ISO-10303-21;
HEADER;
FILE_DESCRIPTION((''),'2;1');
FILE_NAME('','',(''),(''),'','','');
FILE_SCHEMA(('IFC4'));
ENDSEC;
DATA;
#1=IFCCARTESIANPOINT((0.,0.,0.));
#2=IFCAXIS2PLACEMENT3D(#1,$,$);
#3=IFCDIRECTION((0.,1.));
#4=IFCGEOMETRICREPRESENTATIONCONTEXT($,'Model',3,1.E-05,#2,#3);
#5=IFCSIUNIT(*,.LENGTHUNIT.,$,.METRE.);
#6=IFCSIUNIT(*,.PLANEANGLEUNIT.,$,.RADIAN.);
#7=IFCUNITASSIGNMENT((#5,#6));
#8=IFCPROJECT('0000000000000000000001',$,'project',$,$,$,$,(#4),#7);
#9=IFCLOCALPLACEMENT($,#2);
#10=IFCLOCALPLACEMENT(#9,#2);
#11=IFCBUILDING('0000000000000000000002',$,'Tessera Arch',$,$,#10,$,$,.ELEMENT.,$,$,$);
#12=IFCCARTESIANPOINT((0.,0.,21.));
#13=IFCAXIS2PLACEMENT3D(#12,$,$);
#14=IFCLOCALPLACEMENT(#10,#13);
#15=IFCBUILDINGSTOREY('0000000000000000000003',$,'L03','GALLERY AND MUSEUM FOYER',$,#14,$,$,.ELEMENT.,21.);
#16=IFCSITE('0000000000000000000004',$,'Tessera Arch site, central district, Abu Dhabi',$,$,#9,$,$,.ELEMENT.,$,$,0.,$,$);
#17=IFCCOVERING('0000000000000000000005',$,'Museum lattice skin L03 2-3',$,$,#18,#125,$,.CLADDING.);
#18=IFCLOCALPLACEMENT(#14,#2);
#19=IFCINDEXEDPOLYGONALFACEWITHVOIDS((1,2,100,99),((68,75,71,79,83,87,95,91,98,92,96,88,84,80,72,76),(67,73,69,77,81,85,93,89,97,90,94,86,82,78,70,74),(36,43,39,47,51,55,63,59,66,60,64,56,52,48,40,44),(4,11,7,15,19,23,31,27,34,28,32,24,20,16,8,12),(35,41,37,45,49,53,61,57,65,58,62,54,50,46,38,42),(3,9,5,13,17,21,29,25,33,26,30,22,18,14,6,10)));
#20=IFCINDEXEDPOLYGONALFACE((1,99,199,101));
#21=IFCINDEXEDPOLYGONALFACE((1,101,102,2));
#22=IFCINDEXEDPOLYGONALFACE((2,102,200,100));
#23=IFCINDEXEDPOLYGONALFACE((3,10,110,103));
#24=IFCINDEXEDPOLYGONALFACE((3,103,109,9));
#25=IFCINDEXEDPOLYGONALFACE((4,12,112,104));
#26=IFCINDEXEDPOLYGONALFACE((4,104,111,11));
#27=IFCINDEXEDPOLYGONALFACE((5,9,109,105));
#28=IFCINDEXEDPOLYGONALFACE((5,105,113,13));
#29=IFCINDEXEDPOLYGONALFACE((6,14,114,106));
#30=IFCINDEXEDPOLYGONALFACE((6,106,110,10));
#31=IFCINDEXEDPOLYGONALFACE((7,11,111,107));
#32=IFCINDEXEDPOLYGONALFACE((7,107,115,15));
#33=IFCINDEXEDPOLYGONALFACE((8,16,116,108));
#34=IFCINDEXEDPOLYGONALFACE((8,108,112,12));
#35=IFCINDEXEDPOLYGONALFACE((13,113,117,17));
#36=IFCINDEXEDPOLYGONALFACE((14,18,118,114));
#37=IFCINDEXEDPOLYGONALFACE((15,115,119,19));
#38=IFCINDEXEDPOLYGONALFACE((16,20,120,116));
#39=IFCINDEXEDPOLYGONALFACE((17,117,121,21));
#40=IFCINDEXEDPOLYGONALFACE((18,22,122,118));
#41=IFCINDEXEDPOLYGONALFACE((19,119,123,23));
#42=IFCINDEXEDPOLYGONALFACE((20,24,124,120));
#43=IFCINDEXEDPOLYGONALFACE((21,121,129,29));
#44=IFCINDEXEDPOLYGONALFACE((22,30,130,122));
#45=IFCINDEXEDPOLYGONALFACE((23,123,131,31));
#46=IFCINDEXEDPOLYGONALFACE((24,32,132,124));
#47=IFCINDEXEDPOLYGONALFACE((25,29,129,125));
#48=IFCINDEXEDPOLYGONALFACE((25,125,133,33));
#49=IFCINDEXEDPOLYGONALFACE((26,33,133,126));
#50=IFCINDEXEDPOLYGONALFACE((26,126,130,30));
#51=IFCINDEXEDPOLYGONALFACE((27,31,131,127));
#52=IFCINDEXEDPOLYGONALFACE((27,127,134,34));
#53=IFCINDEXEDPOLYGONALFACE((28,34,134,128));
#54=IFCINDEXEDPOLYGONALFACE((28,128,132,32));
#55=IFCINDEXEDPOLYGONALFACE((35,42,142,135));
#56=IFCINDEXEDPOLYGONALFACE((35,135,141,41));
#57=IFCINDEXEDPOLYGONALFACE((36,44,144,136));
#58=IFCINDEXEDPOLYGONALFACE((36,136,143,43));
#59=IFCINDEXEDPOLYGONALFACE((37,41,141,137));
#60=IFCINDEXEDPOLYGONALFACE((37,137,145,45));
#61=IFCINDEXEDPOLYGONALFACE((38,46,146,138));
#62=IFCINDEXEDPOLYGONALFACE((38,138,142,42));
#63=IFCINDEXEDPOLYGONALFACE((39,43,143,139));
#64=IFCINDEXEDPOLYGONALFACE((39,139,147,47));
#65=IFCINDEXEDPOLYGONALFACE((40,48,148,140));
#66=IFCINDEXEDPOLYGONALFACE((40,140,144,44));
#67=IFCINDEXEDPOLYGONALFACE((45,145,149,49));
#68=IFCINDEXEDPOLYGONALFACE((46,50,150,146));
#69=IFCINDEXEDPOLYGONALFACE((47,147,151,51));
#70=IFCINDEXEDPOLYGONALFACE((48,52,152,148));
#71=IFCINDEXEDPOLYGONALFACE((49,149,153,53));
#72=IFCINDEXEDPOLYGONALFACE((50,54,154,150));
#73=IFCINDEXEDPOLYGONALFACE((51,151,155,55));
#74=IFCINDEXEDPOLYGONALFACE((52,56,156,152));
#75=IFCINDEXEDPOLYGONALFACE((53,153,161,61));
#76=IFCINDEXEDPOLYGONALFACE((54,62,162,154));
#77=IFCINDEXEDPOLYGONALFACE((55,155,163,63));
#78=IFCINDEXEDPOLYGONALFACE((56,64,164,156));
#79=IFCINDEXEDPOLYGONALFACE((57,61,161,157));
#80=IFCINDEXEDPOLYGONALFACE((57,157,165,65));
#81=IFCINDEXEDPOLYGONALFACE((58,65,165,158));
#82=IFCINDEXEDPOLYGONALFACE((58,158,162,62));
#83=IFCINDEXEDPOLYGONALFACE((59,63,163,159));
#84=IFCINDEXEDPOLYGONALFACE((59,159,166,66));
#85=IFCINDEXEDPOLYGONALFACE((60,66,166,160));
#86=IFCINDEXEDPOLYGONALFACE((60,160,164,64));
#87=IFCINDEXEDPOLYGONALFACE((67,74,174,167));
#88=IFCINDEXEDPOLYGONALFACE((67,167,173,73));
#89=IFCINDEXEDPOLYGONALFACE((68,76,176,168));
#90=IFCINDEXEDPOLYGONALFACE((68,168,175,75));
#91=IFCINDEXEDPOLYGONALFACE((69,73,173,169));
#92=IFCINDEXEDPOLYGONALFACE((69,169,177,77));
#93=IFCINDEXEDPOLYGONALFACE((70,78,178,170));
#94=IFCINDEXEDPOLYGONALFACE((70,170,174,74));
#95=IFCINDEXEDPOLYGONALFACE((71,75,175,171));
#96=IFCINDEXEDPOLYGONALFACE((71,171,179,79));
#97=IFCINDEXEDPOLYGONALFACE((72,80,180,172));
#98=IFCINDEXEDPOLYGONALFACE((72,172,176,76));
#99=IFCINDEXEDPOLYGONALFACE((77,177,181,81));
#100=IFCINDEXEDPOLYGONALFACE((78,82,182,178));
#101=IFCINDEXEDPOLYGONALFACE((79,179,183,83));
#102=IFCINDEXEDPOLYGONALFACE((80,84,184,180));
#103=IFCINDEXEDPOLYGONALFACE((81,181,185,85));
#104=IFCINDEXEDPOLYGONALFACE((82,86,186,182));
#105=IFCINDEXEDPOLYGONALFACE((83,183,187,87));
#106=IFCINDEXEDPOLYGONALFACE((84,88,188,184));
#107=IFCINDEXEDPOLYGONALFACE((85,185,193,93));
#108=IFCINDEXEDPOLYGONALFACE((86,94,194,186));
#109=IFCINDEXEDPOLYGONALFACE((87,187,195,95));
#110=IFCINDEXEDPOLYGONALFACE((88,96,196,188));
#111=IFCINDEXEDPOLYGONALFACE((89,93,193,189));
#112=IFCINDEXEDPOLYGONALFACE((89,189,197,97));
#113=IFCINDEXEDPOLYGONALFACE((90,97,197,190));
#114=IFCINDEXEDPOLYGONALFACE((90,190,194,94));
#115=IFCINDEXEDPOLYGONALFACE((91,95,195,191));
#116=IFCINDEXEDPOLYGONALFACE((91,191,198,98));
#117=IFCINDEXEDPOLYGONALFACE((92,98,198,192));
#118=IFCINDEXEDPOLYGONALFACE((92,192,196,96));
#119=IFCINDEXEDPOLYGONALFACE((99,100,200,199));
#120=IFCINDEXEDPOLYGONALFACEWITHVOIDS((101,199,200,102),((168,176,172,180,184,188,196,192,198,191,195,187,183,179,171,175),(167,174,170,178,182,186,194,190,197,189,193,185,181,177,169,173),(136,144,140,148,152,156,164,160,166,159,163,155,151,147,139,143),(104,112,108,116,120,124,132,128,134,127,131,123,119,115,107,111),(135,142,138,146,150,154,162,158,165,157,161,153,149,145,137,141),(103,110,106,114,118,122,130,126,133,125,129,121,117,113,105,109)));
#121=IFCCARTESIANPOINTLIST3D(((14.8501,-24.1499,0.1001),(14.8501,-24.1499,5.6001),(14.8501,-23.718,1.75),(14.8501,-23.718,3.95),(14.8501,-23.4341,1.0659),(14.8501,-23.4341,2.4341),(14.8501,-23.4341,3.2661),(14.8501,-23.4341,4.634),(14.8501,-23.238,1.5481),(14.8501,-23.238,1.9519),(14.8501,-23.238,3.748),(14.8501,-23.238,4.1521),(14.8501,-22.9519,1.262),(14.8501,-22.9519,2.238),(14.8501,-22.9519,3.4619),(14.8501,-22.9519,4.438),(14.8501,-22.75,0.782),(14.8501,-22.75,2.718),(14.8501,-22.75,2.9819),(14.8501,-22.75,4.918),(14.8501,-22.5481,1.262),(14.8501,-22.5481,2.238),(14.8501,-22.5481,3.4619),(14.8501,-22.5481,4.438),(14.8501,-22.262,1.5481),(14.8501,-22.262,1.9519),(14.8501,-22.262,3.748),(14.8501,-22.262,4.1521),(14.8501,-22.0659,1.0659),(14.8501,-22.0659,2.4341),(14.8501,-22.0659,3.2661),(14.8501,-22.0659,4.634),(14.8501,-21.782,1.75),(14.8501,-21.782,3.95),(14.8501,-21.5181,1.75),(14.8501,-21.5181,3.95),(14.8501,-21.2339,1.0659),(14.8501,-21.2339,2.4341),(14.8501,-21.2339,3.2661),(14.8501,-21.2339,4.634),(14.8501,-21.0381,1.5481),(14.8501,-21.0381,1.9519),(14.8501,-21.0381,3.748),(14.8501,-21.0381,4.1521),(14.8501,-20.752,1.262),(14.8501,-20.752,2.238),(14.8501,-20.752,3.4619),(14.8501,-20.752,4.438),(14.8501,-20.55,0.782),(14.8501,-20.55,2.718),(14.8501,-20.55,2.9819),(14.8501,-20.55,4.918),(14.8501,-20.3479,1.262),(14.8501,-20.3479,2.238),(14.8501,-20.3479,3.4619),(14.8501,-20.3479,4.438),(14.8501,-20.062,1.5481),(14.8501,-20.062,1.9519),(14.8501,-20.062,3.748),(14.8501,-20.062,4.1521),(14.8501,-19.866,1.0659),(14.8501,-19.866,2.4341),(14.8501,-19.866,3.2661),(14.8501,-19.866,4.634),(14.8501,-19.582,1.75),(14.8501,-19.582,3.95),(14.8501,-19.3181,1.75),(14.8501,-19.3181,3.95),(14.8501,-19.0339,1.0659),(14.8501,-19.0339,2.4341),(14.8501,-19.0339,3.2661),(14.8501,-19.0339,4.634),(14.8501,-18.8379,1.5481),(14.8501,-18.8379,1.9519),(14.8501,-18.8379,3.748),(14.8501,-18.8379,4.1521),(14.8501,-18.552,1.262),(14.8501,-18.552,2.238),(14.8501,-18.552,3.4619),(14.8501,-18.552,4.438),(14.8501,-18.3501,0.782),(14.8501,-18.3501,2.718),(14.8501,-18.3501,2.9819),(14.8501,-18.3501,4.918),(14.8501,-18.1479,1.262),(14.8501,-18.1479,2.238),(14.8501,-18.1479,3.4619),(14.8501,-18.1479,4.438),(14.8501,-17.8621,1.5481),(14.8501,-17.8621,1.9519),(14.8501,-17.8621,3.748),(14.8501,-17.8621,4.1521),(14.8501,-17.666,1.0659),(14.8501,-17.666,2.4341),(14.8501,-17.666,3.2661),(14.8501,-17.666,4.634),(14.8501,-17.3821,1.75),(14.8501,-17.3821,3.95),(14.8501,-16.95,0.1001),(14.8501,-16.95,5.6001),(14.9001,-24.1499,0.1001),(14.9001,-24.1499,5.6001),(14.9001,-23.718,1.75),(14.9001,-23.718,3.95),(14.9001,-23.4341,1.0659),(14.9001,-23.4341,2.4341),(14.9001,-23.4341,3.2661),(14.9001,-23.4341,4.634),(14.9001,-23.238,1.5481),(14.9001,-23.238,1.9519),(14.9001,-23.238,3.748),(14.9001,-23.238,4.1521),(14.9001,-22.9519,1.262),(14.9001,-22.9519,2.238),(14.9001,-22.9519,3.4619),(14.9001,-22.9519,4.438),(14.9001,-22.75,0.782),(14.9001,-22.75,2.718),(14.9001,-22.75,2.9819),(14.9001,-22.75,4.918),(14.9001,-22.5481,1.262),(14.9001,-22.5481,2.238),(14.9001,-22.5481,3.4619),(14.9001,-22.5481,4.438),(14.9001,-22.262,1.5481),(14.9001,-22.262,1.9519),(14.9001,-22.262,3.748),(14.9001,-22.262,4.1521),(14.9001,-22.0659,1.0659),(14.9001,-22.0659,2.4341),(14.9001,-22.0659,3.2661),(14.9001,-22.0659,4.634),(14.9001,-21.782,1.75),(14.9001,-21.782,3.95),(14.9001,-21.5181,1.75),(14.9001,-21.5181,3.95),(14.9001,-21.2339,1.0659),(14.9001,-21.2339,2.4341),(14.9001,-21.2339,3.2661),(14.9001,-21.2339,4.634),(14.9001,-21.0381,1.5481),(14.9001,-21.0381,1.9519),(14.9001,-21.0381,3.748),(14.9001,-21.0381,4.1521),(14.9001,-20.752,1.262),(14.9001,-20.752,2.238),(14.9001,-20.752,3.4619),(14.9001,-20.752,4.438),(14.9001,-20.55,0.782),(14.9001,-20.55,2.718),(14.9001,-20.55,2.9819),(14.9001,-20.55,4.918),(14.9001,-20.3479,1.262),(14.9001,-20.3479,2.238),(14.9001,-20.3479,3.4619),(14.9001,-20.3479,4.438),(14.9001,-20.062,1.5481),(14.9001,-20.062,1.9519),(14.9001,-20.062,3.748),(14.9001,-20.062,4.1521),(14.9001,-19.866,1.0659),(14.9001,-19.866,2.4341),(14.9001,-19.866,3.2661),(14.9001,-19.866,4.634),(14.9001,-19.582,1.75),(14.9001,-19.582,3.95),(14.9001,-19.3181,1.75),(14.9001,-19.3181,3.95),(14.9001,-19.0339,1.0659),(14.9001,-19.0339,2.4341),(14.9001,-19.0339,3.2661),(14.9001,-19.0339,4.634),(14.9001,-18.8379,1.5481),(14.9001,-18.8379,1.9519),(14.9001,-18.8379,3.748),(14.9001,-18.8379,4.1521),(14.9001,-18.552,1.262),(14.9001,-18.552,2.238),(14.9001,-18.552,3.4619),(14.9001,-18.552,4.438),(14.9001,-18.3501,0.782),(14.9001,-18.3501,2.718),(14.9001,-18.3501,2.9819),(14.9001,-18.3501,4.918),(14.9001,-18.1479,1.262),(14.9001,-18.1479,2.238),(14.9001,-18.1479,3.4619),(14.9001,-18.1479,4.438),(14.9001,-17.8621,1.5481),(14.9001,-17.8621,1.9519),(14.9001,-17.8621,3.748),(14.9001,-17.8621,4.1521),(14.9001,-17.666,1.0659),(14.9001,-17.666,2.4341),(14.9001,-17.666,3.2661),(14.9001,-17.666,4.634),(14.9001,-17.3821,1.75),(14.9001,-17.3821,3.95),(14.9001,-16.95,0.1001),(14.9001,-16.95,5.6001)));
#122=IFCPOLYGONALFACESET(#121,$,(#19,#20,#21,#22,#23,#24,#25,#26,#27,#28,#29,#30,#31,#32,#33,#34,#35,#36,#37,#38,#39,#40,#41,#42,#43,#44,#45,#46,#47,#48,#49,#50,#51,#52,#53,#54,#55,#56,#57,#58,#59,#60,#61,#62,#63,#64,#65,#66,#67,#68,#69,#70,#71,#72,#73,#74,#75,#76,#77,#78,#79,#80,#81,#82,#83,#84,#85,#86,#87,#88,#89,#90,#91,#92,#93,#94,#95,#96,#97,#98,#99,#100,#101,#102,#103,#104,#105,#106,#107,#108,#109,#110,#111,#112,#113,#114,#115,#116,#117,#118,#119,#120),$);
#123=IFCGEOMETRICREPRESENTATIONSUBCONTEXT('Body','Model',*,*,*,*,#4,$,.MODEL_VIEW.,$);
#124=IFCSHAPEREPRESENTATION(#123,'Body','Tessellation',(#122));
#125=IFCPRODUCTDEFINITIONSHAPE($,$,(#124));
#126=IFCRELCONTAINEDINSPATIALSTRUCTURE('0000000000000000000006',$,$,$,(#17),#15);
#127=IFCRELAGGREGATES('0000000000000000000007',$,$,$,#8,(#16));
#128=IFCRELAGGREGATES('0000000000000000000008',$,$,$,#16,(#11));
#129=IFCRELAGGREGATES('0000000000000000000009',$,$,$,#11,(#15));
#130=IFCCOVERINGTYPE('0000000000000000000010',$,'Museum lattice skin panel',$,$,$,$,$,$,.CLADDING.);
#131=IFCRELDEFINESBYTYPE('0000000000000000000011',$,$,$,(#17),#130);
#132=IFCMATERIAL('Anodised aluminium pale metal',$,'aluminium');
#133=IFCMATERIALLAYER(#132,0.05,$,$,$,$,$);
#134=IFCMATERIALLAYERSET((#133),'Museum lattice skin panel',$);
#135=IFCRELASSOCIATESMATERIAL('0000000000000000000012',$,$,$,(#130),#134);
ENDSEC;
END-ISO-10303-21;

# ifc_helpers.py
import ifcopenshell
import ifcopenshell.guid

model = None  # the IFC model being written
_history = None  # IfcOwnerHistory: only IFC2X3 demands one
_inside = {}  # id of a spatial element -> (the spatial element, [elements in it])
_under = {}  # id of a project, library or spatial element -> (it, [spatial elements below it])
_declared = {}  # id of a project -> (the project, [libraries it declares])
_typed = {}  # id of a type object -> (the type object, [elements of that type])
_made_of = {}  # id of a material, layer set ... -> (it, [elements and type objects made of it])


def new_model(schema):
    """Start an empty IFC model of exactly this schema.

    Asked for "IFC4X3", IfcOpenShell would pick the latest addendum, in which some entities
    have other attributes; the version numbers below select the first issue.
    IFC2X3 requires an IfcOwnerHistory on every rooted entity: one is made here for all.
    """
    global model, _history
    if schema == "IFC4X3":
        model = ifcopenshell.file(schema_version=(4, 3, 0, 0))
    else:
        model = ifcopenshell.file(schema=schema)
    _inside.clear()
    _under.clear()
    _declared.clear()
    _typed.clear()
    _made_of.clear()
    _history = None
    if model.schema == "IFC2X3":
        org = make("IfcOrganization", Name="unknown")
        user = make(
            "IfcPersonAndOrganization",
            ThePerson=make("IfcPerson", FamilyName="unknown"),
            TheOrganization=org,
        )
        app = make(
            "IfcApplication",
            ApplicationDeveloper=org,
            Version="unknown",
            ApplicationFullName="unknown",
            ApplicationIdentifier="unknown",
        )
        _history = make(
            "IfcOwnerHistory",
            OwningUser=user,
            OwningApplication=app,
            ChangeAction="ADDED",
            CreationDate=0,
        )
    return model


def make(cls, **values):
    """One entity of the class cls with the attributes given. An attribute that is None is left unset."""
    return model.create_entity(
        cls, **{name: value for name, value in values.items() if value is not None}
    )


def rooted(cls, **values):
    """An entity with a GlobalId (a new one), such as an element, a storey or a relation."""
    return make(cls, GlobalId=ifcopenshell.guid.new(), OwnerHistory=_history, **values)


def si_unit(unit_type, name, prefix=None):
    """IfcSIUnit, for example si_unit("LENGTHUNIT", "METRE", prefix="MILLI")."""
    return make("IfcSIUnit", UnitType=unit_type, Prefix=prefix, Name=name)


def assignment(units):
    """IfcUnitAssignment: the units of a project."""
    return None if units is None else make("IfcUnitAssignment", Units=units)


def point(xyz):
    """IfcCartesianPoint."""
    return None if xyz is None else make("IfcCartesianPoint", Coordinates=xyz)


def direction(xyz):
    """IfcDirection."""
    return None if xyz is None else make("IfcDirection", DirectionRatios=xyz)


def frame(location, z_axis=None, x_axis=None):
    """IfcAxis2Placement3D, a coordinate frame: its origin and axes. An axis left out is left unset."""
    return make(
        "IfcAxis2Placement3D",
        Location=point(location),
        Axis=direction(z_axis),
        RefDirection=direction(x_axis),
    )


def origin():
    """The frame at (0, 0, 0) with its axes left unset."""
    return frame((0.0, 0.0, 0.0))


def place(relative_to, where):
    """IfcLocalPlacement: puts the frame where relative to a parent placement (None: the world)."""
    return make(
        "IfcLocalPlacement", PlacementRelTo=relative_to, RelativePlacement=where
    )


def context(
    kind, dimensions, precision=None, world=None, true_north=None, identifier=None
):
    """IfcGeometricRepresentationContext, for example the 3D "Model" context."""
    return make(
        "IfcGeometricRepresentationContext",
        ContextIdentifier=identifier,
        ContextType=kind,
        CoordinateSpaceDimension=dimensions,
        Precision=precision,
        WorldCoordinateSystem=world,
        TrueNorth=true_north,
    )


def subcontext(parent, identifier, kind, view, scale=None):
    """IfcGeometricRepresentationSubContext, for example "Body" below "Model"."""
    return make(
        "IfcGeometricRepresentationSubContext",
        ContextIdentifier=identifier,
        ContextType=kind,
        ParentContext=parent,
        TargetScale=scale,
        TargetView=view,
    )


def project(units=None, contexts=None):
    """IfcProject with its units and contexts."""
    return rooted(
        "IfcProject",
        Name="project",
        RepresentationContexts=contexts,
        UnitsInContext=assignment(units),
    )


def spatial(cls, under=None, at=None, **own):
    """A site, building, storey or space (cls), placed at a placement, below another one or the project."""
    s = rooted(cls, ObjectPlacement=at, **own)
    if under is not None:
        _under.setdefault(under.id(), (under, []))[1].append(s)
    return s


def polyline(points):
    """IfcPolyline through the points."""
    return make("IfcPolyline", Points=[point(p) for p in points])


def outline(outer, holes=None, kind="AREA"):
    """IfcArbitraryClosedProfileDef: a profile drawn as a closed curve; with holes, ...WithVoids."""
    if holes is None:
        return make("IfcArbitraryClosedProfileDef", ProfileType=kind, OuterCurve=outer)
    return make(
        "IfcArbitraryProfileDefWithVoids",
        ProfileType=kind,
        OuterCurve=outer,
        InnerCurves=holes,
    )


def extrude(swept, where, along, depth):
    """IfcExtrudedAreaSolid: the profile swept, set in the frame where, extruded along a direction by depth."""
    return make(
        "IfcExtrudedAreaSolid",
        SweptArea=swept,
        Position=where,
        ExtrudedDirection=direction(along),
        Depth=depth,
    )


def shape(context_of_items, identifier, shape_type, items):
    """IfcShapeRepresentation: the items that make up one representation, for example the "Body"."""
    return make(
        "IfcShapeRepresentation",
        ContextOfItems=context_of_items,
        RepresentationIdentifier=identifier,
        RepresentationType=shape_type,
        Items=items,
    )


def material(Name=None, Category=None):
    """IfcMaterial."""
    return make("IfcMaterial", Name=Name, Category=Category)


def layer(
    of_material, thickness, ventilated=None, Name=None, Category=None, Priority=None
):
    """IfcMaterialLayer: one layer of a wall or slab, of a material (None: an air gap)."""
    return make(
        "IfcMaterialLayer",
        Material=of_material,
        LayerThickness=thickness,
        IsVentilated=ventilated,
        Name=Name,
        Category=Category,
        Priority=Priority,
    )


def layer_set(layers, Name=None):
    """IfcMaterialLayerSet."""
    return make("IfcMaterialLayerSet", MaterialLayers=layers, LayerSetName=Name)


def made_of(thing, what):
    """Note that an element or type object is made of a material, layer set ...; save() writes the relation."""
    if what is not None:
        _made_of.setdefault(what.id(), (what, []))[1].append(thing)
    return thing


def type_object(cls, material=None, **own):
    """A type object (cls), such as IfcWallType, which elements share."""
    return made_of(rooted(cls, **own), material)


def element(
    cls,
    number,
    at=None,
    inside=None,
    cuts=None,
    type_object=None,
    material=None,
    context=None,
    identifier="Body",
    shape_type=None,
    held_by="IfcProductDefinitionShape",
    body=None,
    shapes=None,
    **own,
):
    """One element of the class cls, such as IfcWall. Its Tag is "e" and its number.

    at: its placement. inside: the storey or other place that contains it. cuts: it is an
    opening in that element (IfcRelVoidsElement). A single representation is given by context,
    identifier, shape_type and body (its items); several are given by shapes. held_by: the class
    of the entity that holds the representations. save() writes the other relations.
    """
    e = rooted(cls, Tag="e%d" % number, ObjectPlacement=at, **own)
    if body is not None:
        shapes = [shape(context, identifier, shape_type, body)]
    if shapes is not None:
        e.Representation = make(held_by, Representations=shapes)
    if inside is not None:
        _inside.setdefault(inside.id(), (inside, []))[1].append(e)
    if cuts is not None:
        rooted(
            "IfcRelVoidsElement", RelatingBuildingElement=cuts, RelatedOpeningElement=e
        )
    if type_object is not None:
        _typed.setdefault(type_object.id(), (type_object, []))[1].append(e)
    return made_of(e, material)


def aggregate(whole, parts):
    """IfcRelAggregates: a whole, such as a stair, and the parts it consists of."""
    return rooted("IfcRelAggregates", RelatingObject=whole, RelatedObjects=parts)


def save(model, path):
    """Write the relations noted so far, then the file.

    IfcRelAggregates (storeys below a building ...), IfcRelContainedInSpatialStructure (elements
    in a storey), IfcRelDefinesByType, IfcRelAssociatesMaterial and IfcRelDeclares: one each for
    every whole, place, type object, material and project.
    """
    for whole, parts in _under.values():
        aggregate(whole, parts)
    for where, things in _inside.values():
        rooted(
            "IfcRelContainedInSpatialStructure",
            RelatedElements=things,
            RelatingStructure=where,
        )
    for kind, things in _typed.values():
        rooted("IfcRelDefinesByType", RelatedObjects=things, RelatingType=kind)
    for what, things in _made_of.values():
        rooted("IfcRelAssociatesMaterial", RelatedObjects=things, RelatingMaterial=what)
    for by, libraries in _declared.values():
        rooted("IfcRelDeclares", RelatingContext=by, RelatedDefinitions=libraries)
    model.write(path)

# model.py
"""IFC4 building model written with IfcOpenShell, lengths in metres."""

from ifc_helpers import new_model, si_unit, direction, frame, origin, place, context, subcontext, project, spatial, polyline, outline, extrude, material, layer, layer_set, type_object, element, save


model = new_model("IFC4")

# Units and contexts
model_context = context("Model", 3, precision=1e-05, world=origin(), true_north=direction((0.0, 1.0)))
body_context = subcontext(model_context, "Body", "Model", "MODEL_VIEW")
ifc_project = project(units=[si_unit("LENGTHUNIT", "METRE"), si_unit("PLANEANGLEUNIT", "RADIAN")], contexts=[model_context])

# Site, building, storey
site_placement = place(None, origin())
site = spatial("IfcSite", under=ifc_project, at=site_placement, Name="Tessera Arch site, central district, Abu Dhabi", CompositionType="ELEMENT", RefElevation=0.0)
building_placement = place(site_placement, origin())
building = spatial("IfcBuilding", under=site, at=building_placement, Name="Tessera Arch", CompositionType="ELEMENT")
storey_placement = place(building_placement, frame((0.0, 0.0, 21.0)))
storey = spatial("IfcBuildingStorey", under=building, at=storey_placement, Name="L03", Description="GALLERY AND MUSEUM FOYER", CompositionType="ELEMENT", Elevation=21.0)

# Covering
ifc_material_1 = material(Name="Anodised aluminium pale metal", Category="aluminium")
ifc_layer_1 = layer(ifc_material_1, 0.05)
ifc_layer_set_1 = layer_set([ifc_layer_1], Name="Museum lattice skin panel")
covering_type_1 = type_object("IfcCoveringType", Name="Museum lattice skin panel", PredefinedType="CLADDING", material=ifc_layer_set_1)
covering_1_placement = place(storey_placement, frame((14.8501, -24.1499, 5.6001), z_axis=(-1.0, 0.0, 0.0), x_axis=(0.0, 1.0, 0.0)))
element("IfcCovering", 1, at=covering_1_placement, inside=storey, type_object=covering_type_1, Name="Museum lattice skin L03 2-3", PredefinedType="CLADDING", context=body_context, shape_type="SweptSolid", body=[
    extrude(outline(polyline([(0.0, 0.0), (7.2, 0.0), (7.2, 5.5), (0.0, 5.5), (0.0, 0.0)]), holes=[polyline([(2.3679, 3.8501), (1.8879, 3.6482), (2.084, 3.166), (1.6018, 3.3621), (1.3999, 2.8821), (1.198, 3.3621), (0.7158, 3.166), (0.9119, 3.6482), (0.4319, 3.8501), (0.9119, 4.052), (0.7158, 4.5342), (1.198, 4.3381), (1.3999, 4.8181), (1.6018, 4.3381), (2.084, 4.5342), (1.8879, 4.052), (2.3679, 3.8501)]), polyline([(2.3679, 1.6501), (1.8879, 1.448), (2.084, 0.9661), (1.6018, 1.1621), (1.3999, 0.6821), (1.198, 1.1621), (0.7158, 0.9661), (0.9119, 1.448), (0.4319, 1.6501), (0.9119, 1.8521), (0.7158, 2.334), (1.198, 2.1382), (1.3999, 2.6182), (1.6018, 2.1382), (2.084, 2.334), (1.8879, 1.8521), (2.3679, 1.6501)]), polyline([(4.5679, 3.8501), (4.0879, 3.6482), (4.2839, 3.166), (3.802, 3.3621), (3.5999, 2.8821), (3.3979, 3.3621), (2.916, 3.166), (3.1118, 3.6482), (2.6318, 3.8501), (3.1118, 4.052), (2.916, 4.5342), (3.3979, 4.3381), (3.5999, 4.8181), (3.802, 4.3381), (4.2839, 4.5342), (4.0879, 4.052), (4.5679, 3.8501)]), polyline([(4.5679, 1.6501), (4.0879, 1.448), (4.2839, 0.9661), (3.802, 1.1621), (3.5999, 0.6821), (3.3979, 1.1621), (2.916, 0.9661), (3.1118, 1.448), (2.6318, 1.6501), (3.1118, 1.8521), (2.916, 2.334), (3.3979, 2.1382), (3.5999, 2.6182), (3.802, 2.1382), (4.2839, 2.334), (4.0879, 1.8521), (4.5679, 1.6501)]), polyline([(6.7678, 3.8501), (6.2878, 3.6482), (6.4839, 3.166), (6.002, 3.3621), (5.7998, 2.8821), (5.5979, 3.3621), (5.116, 3.166), (5.312, 3.6482), (4.8318, 3.8501), (5.312, 4.052), (5.116, 4.5342), (5.5979, 4.3381), (5.7998, 4.8181), (6.002, 4.3381), (6.4839, 4.5342), (6.2878, 4.052), (6.7678, 3.8501)]), polyline([(6.7678, 1.6501), (6.2878, 1.448), (6.4839, 0.9661), (6.002, 1.1621), (5.7998, 0.6821), (5.5979, 1.1621), (5.116, 0.9661), (5.312, 1.448), (4.8318, 1.6501), (5.312, 1.8521), (5.116, 2.334), (5.5979, 2.1382), (5.7998, 2.6182), (6.002, 2.1382), (6.4839, 2.334), (6.2878, 1.8521), (6.7678, 1.6501)])]), origin(), (0.0, 0.0, -1.0), 0.05),
])

save(model, "model.ifc")
